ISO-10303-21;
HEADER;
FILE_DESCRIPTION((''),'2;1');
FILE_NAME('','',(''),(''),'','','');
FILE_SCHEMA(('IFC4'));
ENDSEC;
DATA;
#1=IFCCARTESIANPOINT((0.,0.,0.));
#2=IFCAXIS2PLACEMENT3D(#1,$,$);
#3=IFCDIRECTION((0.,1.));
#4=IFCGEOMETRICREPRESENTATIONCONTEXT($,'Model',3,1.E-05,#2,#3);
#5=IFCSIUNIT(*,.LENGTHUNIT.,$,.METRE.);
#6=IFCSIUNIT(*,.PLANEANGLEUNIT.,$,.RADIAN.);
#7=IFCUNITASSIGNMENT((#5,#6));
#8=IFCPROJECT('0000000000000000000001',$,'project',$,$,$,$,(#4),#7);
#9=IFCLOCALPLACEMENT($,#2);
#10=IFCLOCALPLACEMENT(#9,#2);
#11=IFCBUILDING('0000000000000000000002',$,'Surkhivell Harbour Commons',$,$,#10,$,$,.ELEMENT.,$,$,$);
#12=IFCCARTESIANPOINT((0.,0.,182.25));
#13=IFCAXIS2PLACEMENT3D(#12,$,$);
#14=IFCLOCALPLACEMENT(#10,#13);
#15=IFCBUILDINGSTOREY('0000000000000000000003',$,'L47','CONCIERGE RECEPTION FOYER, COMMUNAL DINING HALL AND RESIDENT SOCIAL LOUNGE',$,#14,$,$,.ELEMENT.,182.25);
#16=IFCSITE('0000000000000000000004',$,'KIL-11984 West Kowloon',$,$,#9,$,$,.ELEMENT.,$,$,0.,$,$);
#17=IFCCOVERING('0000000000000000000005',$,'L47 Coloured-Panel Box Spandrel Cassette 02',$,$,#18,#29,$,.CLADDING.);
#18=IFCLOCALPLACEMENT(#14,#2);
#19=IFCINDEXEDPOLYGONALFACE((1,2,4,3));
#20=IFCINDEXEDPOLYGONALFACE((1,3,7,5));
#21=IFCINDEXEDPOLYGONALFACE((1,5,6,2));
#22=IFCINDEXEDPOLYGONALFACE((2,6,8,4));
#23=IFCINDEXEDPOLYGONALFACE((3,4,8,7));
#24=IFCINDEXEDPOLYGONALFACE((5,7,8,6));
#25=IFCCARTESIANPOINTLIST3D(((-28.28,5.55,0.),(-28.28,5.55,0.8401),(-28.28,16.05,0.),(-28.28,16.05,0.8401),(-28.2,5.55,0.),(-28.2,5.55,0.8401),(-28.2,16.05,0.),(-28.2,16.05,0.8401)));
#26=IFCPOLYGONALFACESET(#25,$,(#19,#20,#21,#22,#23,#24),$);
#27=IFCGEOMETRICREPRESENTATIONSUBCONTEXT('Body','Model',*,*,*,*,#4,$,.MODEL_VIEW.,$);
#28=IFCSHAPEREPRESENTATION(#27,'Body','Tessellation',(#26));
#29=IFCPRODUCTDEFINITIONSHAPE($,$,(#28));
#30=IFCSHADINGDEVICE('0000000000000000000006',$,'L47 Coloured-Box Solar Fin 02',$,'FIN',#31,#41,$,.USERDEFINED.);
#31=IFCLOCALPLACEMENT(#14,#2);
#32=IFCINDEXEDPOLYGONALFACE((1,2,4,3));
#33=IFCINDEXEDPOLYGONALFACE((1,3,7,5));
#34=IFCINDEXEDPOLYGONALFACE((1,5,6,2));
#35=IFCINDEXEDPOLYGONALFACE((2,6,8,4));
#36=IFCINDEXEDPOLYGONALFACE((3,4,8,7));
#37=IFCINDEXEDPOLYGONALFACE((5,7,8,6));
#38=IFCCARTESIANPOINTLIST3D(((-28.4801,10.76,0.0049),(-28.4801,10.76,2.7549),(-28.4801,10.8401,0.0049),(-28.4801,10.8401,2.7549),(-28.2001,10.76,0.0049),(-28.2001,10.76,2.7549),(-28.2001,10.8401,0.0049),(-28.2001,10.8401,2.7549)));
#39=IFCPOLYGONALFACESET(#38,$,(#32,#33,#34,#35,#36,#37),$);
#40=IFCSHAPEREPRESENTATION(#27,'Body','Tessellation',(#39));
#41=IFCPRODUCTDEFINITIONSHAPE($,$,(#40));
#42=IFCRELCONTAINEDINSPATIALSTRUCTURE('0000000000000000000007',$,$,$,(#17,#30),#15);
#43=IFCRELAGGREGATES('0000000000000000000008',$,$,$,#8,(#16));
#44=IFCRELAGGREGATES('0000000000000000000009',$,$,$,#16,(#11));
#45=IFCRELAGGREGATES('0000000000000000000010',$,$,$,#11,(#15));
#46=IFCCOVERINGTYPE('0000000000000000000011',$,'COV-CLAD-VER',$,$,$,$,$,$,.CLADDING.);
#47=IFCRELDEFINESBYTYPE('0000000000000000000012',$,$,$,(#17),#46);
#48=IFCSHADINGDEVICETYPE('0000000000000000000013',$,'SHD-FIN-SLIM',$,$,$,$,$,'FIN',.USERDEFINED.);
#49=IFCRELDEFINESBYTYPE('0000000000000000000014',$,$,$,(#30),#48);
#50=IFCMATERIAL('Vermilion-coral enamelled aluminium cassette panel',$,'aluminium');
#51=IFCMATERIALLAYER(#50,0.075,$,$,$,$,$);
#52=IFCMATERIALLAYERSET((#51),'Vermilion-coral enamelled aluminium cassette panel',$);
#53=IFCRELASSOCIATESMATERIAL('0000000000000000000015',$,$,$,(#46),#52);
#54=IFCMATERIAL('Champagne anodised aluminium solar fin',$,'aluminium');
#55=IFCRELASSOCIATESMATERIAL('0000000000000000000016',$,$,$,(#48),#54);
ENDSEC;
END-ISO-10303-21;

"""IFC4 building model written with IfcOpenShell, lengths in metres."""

from ifc_helpers import new_model, si_unit, direction, frame, origin, origin_2d, place, context, subcontext, project, spatial, rectangle, extrude, material, layer, layer_set, type_object, element, save


model = new_model("IFC4")

# Units and contexts
model_context = context("Model", 3, precision=1e-05, world=origin(), true_north=direction((0.0, 1.0)))
body_context = subcontext(model_context, "Body", "Model", "MODEL_VIEW")
ifc_project = project(units=[si_unit("LENGTHUNIT", "METRE"), si_unit("PLANEANGLEUNIT", "RADIAN")], contexts=[model_context])

# Site, building, storey
site_placement = place(None, origin())
site = spatial("IfcSite", under=ifc_project, at=site_placement, Name="KIL-11984 West Kowloon", CompositionType="ELEMENT", RefElevation=0.0)
building_placement = place(site_placement, origin())
building = spatial("IfcBuilding", under=site, at=building_placement, Name="Surkhivell Harbour Commons", CompositionType="ELEMENT")
storey_placement = place(building_placement, frame((0.0, 0.0, 182.25)))
storey = spatial("IfcBuildingStorey", under=building, at=storey_placement, Name="L47", Description="CONCIERGE RECEPTION FOYER, COMMUNAL DINING HALL AND RESIDENT SOCIAL LOUNGE", CompositionType="ELEMENT", Elevation=182.25)

# Covering
ifc_material_1 = material(Name="Vermilion-coral enamelled aluminium cassette panel", Category="aluminium")
ifc_layer_1 = layer(ifc_material_1, 0.075)
ifc_layer_set_1 = layer_set([ifc_layer_1], Name="Vermilion-coral enamelled aluminium cassette panel")
covering_type = type_object("IfcCoveringType", Name="COV-CLAD-VER", PredefinedType="CLADDING", material=ifc_layer_set_1)
covering_placement = place(storey_placement, frame((-28.24, 10.8, 0.0), z_axis=(0.0, 0.0, 1.0), x_axis=(1.0, 0.0, 0.0)))
element("IfcCovering", 1, at=covering_placement, inside=storey, type_object=covering_type, Name="L47 Coloured-Panel Box Spandrel Cassette 02", PredefinedType="CLADDING", context=body_context, shape_type="SweptSolid", body=[
    extrude(rectangle(XDim=0.0801, YDim=10.5, at=origin_2d()), origin(), (0.0, 0.0, 1.0), 0.8401),
])

# Shading device
ifc_material_2 = material(Name="Champagne anodised aluminium solar fin", Category="aluminium")
shading_device_type = type_object("IfcShadingDeviceType", Name="SHD-FIN-SLIM", ElementType="FIN", PredefinedType="USERDEFINED", material=ifc_material_2)
shading_device_placement = place(storey_placement, frame((-28.3401, 10.8, 0.0049), z_axis=(0.0, 0.0, 1.0), x_axis=(1.0, 0.0, 0.0)))
element("IfcShadingDevice", 2, at=shading_device_placement, inside=storey, type_object=shading_device_type, Name="L47 Coloured-Box Solar Fin 02", ObjectType="FIN", PredefinedType="USERDEFINED", context=body_context, shape_type="SweptSolid", body=[
    extrude(rectangle(XDim=0.28, YDim=0.0801, at=origin_2d()), origin(), (0.0, 0.0, 1.0), 2.75),
])

save(model, "model.ifc")
